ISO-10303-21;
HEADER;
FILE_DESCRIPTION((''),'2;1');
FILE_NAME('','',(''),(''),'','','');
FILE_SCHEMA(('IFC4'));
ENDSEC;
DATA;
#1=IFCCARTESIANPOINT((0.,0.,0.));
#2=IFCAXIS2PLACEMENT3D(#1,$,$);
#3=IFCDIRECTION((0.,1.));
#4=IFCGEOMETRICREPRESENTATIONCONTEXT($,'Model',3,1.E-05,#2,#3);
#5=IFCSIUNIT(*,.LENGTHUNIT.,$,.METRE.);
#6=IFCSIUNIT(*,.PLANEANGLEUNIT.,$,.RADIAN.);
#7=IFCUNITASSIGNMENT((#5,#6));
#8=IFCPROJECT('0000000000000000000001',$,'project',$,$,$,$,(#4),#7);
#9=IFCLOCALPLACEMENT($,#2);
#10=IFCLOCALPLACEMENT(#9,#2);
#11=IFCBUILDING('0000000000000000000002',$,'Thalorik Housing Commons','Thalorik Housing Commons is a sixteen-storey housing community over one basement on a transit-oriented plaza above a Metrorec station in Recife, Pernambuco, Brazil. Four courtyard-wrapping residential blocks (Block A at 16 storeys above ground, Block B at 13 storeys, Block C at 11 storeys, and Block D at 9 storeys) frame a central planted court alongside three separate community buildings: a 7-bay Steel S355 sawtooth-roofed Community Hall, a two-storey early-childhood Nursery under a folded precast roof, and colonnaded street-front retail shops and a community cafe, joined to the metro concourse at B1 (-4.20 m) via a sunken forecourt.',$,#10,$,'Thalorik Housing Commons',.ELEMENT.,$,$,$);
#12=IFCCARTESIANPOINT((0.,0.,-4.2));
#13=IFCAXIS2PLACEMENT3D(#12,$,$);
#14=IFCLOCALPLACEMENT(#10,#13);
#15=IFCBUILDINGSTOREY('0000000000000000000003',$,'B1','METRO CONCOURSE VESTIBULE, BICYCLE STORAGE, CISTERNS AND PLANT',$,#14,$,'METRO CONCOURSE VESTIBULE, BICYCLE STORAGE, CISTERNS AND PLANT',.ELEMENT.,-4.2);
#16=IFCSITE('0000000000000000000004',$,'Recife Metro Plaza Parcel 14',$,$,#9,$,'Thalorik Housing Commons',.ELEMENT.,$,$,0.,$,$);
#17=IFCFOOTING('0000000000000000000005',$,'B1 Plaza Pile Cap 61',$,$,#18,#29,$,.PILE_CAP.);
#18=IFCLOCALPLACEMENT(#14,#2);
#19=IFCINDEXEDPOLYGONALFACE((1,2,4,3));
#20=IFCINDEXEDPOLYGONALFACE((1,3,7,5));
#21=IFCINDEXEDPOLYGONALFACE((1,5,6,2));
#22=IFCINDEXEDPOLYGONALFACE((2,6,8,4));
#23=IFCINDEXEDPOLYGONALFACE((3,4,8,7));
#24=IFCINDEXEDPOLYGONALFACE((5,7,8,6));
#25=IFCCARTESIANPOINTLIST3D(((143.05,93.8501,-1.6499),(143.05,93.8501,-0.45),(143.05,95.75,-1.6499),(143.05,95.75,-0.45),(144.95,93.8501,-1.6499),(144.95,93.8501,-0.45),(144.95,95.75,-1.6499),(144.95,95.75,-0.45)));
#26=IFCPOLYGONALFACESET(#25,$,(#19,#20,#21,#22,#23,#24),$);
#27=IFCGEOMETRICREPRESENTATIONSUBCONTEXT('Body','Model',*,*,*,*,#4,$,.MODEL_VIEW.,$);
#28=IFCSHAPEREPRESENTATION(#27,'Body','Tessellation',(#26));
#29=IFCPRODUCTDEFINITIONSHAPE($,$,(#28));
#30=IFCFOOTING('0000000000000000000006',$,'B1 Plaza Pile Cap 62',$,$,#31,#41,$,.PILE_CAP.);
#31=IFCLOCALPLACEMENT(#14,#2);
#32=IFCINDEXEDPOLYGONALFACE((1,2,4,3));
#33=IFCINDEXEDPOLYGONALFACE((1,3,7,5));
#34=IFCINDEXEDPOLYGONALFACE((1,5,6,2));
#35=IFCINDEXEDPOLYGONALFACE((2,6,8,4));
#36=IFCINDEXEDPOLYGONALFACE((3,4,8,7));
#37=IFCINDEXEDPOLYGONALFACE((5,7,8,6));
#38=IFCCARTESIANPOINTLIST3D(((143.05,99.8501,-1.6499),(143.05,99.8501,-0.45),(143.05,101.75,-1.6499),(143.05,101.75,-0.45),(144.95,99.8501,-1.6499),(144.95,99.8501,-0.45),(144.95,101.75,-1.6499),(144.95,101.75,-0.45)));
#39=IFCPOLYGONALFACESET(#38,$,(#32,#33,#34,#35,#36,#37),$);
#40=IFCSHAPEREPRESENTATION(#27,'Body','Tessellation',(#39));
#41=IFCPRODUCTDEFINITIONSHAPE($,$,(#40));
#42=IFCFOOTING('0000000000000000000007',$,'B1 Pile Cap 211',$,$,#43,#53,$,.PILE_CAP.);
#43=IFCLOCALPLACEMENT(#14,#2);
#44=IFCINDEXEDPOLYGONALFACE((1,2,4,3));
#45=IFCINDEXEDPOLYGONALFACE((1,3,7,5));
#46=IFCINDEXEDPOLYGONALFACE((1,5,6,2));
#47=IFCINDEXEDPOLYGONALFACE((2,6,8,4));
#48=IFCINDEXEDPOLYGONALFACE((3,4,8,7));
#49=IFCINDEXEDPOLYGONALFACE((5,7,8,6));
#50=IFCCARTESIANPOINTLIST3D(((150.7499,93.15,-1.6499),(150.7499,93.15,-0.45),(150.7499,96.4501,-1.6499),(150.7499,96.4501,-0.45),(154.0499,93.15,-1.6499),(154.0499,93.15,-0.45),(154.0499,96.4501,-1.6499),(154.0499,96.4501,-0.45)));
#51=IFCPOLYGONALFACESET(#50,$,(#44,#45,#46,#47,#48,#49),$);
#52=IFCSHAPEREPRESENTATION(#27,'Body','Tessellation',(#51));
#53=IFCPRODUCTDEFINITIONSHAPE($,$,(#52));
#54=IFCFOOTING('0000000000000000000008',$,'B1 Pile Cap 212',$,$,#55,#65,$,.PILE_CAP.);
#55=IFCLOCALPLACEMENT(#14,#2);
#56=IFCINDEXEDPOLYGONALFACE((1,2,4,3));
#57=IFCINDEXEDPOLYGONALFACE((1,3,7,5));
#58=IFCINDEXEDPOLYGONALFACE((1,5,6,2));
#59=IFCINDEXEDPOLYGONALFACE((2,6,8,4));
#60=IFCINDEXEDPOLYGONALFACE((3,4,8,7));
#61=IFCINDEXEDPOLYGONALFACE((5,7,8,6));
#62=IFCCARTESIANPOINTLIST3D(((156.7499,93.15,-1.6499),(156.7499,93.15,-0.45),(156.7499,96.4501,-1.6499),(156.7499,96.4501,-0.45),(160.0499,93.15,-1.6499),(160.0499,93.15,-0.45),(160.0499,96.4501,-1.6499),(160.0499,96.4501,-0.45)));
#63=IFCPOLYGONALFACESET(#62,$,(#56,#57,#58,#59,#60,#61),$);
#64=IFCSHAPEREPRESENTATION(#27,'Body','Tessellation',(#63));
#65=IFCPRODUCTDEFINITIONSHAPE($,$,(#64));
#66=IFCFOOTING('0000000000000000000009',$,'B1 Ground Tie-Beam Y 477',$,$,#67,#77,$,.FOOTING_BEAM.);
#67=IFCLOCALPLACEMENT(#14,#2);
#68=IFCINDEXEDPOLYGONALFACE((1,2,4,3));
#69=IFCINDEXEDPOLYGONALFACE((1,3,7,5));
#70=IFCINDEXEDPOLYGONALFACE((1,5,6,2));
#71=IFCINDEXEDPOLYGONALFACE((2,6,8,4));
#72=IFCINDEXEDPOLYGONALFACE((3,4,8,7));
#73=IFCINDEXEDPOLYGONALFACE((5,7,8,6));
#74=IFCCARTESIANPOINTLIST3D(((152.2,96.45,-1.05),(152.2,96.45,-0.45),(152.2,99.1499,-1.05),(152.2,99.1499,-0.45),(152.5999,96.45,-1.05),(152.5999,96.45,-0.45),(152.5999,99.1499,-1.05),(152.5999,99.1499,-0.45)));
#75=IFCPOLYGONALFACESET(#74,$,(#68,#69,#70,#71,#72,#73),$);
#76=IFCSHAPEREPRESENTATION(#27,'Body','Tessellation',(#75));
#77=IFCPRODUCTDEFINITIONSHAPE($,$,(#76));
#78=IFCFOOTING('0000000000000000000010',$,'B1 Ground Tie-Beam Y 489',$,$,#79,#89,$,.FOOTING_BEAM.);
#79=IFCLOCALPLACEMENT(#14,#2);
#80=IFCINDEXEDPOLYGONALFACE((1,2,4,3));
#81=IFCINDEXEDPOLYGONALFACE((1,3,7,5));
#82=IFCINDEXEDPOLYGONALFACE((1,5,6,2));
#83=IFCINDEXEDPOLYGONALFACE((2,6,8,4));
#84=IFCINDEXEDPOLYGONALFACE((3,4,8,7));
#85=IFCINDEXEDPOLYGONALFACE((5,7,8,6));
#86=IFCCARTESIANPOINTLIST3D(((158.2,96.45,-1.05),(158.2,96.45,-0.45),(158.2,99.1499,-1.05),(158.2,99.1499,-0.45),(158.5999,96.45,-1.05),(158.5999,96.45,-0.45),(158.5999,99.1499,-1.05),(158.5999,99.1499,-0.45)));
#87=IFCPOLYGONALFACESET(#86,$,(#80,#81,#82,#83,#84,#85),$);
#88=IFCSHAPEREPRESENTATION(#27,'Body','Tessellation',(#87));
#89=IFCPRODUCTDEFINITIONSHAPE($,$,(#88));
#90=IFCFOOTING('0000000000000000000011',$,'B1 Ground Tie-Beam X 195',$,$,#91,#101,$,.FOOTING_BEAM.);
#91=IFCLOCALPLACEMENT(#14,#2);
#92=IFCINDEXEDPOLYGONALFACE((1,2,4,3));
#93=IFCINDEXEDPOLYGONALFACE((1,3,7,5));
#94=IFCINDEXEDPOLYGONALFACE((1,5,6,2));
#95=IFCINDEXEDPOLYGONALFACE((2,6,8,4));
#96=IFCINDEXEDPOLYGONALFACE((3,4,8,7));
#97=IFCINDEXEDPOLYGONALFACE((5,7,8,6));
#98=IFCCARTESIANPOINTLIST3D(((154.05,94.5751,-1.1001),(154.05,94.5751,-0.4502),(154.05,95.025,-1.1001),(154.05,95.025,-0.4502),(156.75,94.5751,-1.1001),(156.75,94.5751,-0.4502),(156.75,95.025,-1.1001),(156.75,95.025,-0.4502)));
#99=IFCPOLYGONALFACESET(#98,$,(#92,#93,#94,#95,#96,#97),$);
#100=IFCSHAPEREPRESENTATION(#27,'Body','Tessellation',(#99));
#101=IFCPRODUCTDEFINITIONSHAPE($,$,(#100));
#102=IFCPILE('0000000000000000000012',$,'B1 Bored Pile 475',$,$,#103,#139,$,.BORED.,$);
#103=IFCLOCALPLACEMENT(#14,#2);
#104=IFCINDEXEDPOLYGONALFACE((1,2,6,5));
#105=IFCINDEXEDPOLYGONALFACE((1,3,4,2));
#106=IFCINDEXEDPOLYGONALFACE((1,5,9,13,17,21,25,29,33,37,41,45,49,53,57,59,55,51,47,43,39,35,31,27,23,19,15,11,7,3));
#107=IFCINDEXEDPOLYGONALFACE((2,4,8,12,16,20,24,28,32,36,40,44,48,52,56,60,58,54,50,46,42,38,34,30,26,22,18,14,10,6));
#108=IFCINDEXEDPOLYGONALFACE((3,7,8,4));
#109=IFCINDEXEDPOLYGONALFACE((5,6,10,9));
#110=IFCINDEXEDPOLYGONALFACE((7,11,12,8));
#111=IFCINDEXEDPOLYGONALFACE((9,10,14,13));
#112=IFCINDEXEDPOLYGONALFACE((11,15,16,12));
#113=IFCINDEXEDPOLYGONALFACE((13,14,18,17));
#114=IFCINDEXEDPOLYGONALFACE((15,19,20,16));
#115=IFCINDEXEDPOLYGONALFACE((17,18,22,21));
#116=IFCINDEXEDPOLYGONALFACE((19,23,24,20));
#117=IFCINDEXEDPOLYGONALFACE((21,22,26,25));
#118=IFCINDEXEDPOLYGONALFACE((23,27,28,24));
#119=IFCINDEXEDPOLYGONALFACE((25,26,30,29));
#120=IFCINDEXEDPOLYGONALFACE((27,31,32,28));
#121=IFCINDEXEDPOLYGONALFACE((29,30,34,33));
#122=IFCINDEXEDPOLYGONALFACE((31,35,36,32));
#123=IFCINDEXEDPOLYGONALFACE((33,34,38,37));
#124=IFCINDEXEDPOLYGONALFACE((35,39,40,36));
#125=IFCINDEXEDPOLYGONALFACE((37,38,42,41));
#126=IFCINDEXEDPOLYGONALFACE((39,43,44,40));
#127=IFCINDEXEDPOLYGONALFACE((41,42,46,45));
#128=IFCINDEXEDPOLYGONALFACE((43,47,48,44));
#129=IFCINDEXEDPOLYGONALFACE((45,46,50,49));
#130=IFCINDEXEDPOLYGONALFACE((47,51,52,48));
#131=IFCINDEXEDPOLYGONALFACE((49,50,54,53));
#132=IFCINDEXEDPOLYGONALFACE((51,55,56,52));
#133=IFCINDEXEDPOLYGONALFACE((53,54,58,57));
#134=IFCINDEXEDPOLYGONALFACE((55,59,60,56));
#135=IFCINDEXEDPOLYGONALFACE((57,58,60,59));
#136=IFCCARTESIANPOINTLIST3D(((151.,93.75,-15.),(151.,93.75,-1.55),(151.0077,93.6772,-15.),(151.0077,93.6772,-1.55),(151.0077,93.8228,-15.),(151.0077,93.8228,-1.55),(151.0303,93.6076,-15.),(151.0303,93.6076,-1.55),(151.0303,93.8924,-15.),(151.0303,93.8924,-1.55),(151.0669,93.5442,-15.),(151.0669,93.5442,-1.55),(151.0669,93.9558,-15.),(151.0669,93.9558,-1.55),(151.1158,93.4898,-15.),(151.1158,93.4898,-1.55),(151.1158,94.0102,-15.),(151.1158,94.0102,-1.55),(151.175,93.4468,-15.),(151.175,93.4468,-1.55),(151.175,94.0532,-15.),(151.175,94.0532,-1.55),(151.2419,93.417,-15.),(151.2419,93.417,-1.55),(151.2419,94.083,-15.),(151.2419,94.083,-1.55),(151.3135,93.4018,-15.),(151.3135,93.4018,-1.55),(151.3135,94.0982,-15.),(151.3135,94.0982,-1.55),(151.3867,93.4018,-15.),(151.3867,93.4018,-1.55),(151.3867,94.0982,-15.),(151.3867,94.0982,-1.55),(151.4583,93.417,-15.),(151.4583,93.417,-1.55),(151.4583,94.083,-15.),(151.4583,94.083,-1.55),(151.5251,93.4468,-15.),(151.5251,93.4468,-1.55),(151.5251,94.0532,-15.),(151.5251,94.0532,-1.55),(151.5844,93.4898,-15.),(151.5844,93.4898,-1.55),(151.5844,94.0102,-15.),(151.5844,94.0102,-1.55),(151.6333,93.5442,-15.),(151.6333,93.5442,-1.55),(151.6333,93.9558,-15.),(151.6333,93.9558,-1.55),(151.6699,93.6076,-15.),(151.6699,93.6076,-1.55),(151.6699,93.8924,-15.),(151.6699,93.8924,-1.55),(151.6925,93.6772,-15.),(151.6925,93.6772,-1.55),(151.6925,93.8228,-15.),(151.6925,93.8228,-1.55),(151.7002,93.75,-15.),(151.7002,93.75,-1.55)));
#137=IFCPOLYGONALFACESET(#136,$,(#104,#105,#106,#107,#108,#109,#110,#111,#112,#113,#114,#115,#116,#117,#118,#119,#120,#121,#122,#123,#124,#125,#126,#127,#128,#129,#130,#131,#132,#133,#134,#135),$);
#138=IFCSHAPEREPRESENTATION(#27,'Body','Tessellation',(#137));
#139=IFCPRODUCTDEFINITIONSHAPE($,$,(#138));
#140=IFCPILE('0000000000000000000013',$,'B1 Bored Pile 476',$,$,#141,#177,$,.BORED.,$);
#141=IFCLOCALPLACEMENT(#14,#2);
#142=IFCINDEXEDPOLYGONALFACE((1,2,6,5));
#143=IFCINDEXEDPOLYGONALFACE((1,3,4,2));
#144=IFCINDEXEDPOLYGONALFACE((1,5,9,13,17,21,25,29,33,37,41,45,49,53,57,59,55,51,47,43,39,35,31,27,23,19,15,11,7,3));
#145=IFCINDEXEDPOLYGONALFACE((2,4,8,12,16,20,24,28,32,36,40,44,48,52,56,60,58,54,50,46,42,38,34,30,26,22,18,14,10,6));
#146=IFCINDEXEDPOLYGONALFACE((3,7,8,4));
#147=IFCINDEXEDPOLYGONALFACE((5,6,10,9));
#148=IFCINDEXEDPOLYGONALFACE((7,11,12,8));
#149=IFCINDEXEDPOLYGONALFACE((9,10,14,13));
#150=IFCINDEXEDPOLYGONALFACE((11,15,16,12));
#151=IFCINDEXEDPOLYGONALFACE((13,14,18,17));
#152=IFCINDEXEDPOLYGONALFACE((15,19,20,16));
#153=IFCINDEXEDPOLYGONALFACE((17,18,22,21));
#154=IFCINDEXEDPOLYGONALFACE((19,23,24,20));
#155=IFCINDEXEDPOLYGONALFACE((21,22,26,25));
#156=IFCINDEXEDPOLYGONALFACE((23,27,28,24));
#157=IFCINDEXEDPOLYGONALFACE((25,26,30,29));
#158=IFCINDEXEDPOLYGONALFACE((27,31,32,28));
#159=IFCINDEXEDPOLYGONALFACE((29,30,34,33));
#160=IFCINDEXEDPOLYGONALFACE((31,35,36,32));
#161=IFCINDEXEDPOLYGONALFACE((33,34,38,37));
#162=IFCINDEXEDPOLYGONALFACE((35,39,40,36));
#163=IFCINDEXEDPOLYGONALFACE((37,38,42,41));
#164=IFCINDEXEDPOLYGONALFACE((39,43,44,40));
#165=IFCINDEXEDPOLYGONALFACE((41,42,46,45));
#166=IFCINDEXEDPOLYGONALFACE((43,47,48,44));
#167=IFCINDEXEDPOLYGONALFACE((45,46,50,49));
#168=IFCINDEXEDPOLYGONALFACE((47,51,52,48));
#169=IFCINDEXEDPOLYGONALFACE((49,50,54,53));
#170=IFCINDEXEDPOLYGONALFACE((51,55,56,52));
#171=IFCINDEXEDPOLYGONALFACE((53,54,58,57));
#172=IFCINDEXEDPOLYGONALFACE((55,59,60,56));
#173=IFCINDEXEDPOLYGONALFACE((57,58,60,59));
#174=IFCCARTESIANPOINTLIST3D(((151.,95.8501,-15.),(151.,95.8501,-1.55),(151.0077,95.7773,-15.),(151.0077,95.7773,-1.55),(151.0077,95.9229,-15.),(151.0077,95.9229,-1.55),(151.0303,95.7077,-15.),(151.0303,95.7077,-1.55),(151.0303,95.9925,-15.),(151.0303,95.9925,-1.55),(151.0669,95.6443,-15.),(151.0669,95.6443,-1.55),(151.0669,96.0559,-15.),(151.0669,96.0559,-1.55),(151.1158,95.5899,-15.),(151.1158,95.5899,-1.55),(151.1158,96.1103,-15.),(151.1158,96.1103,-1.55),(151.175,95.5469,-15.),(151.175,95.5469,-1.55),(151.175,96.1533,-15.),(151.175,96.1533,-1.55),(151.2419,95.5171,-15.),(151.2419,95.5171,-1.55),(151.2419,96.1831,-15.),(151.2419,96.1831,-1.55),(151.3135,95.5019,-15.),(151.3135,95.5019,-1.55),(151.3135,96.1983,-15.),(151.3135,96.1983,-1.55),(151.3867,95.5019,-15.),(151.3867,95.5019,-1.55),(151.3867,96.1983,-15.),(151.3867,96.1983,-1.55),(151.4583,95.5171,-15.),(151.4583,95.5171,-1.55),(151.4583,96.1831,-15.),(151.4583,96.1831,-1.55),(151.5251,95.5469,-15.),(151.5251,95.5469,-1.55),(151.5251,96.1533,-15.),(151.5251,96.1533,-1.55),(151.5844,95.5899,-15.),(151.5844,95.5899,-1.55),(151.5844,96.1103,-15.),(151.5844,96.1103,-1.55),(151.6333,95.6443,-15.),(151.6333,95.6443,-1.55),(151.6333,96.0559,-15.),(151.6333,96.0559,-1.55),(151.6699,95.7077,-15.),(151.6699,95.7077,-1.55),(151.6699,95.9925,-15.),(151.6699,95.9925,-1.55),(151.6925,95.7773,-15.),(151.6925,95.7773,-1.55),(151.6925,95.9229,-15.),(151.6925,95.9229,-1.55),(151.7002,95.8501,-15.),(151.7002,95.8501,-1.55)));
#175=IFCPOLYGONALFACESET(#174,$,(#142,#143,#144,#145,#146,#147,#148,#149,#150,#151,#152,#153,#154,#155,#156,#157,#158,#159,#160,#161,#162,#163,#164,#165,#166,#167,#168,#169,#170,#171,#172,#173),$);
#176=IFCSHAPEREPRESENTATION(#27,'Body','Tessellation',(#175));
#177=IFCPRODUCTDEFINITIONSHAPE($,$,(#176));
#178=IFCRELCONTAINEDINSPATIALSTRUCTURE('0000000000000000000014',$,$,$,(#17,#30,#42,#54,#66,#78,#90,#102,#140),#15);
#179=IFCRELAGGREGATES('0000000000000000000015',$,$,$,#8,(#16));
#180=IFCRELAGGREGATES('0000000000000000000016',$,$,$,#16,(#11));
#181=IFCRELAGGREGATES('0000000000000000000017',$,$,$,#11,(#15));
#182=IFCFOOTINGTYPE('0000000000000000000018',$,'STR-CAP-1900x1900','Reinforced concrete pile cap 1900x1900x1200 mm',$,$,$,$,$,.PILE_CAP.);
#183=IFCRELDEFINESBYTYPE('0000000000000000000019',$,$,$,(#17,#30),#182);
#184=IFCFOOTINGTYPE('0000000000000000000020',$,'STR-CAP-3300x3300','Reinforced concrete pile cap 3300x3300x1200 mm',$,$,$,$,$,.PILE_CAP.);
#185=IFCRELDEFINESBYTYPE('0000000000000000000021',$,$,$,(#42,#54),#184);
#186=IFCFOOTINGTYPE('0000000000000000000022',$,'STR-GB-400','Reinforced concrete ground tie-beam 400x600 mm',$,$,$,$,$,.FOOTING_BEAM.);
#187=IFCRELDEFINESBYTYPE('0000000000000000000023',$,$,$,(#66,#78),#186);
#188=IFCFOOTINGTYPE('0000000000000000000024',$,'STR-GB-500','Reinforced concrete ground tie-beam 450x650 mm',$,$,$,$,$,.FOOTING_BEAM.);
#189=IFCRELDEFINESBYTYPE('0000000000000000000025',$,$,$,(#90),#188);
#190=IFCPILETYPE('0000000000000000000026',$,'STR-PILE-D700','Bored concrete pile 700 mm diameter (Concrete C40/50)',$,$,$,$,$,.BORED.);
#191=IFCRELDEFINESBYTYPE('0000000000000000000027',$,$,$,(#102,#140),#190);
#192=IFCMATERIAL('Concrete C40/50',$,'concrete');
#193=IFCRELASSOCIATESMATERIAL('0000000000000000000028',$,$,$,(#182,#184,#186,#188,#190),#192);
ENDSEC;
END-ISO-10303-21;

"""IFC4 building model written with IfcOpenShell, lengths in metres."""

from ifc_helpers import new_model, si_unit, direction, frame, origin, origin_2d, place, context, subcontext, project, spatial, rectangle, circle, extrude, material, material_profile, profile_set, type_object, element, save


model = new_model("IFC4")

# Units and contexts
model_context = context("Model", 3, precision=1e-05, world=origin(), true_north=direction((0.0, 1.0)))
body_context = subcontext(model_context, "Body", "Model", "MODEL_VIEW")
ifc_project = project(units=[si_unit("LENGTHUNIT", "METRE"), si_unit("PLANEANGLEUNIT", "RADIAN")], contexts=[model_context])

# Site, building, storey
site_placement = place(None, origin())
site = spatial("IfcSite", under=ifc_project, at=site_placement, Name="Recife Metro Plaza Parcel 14", LongName="Thalorik Housing Commons", CompositionType="ELEMENT", RefElevation=0.0)
building_placement = place(site_placement, origin())
building = spatial("IfcBuilding", under=site, at=building_placement, Name="Thalorik Housing Commons", Description="Thalorik Housing Commons is a sixteen-storey housing community over one basement on a transit-oriented plaza above a Metrorec station in Recife, Pernambuco, Brazil. Four courtyard-wrapping residential blocks (Block A at 16 storeys above ground, Block B at 13 storeys, Block C at 11 storeys, and Block D at 9 storeys) frame a central planted court alongside three separate community buildings: a 7-bay Steel S355 sawtooth-roofed Community Hall, a two-storey early-childhood Nursery under a folded precast roof, and colonnaded street-front retail shops and a community cafe, joined to the metro concourse at B1 (-4.20 m) via a sunken forecourt.", LongName="Thalorik Housing Commons", CompositionType="ELEMENT")
storey_placement = place(building_placement, frame((0.0, 0.0, -4.2)))
storey = spatial("IfcBuildingStorey", under=building, at=storey_placement, Name="B1", Description="METRO CONCOURSE VESTIBULE, BICYCLE STORAGE, CISTERNS AND PLANT", LongName="METRO CONCOURSE VESTIBULE, BICYCLE STORAGE, CISTERNS AND PLANT", CompositionType="ELEMENT", Elevation=-4.2)

# Footings
ifc_material_1 = material(Name="Concrete C40/50", Category="concrete")
footing_type_1 = type_object("IfcFootingType", Name="STR-CAP-1900x1900", Description="Reinforced concrete pile cap 1900x1900x1200 mm", PredefinedType="PILE_CAP", material=ifc_material_1)
for number, where, z_axis, x_axis, name in (
    (1, (144.0, 94.8, -1.6499), (0.0, 0.0, 1.0), (1.0, 0.0, 0.0), "B1 Plaza Pile Cap 61"),
    (2, (144.0, 100.8, -1.6499), (0.0, 0.0, 1.0), (1.0, 0.0, 0.0), "B1 Plaza Pile Cap 62"),
):
    element("IfcFooting", number, at=place(storey_placement, frame(where, z_axis=z_axis, x_axis=x_axis)), inside=storey, type_object=footing_type_1, Name=name, PredefinedType="PILE_CAP", context=body_context, shape_type="SweptSolid", body=[
        extrude(rectangle(XDim=1.8999, YDim=1.8999, at=origin_2d()), origin(), (0.0, 0.0, 1.0), 1.2),
    ])
footing_type_2 = type_object("IfcFootingType", Name="STR-CAP-3300x3300", Description="Reinforced concrete pile cap 3300x3300x1200 mm", PredefinedType="PILE_CAP", material=ifc_material_1)
for number, where, z_axis, x_axis, name in (
    (3, (152.3999, 94.8, -1.6499), (0.0, 0.0, 1.0), (1.0, 0.0, 0.0), "B1 Pile Cap 211"),
    (4, (158.3999, 94.8, -1.6499), (0.0, 0.0, 1.0), (1.0, 0.0, 0.0), "B1 Pile Cap 212"),
):
    element("IfcFooting", number, at=place(storey_placement, frame(where, z_axis=z_axis, x_axis=x_axis)), inside=storey, type_object=footing_type_2, Name=name, PredefinedType="PILE_CAP", context=body_context, shape_type="SweptSolid", body=[
        extrude(rectangle(XDim=3.3, YDim=3.3, at=origin_2d()), origin(), (0.0, 0.0, 1.0), 1.2),
    ])
ifc_material_profile_1 = material_profile(ifc_material_1, rectangle(XDim=0.3999, YDim=0.6001, at=origin_2d()), Name="RC 400x600", Category="concrete")
ifc_profile_set_1 = profile_set([ifc_material_profile_1], Name="Concrete C40/50")
footing_type_3 = type_object("IfcFootingType", Name="STR-GB-400", Description="Reinforced concrete ground tie-beam 400x600 mm", PredefinedType="FOOTING_BEAM", material=ifc_profile_set_1)
for number, where, z_axis, x_axis, name in (
    (5, (152.3999, 96.45, -0.75), (0.0, 1.0, 0.0), (-1.0, 0.0, 0.0), "B1 Ground Tie-Beam Y 477"),
    (6, (158.3999, 96.45, -0.75), (0.0, 1.0, 0.0), (-1.0, 0.0, 0.0), "B1 Ground Tie-Beam Y 489"),
):
    element("IfcFooting", number, at=place(storey_placement, frame(where, z_axis=z_axis, x_axis=x_axis)), inside=storey, type_object=footing_type_3, Name=name, PredefinedType="FOOTING_BEAM", context=body_context, shape_type="SweptSolid", body=[
        extrude(rectangle(XDim=0.3999, YDim=0.6001, at=origin_2d()), origin(), (0.0, 0.0, 1.0), 2.7),
    ])
ifc_material_profile_2 = material_profile(ifc_material_1, rectangle(XDim=0.45, YDim=0.6499, at=origin_2d()), Name="RC 450x650", Category="concrete")
ifc_profile_set_2 = profile_set([ifc_material_profile_2], Name="Concrete C40/50")
footing_type_4 = type_object("IfcFootingType", Name="STR-GB-500", Description="Reinforced concrete ground tie-beam 450x650 mm", PredefinedType="FOOTING_BEAM", material=ifc_profile_set_2)
footing_placement = place(storey_placement, frame((154.05, 94.8, -0.7751), z_axis=(1.0, 0.0, 0.0), x_axis=(0.0, 1.0, 0.0)))
element("IfcFooting", 7, at=footing_placement, inside=storey, type_object=footing_type_4, Name="B1 Ground Tie-Beam X 195", PredefinedType="FOOTING_BEAM", context=body_context, shape_type="SweptSolid", body=[
    extrude(rectangle(XDim=0.45, YDim=0.6499, at=origin_2d()), origin(), (0.0, 0.0, 1.0), 2.7),
])

# Piles
ifc_material_profile_3 = material_profile(ifc_material_1, circle(Radius=0.3501, at=origin_2d()), Name="BORED PILE D700", Category="concrete")
ifc_profile_set_3 = profile_set([ifc_material_profile_3], Name="Concrete C40/50")
pile_type = type_object("IfcPileType", Name="STR-PILE-D700", Description="Bored concrete pile 700 mm diameter (Concrete C40/50)", PredefinedType="BORED", material=ifc_profile_set_3)
for number, where, z_axis, x_axis, name in (
    (8, (151.3501, 93.75, -1.55), (0.0, 0.0, -1.0), (1.0, 0.0, 0.0), "B1 Bored Pile 475"),
    (9, (151.3501, 95.8501, -1.55), (0.0, 0.0, -1.0), (1.0, 0.0, 0.0), "B1 Bored Pile 476"),
):
    element("IfcPile", number, at=place(storey_placement, frame(where, z_axis=z_axis, x_axis=x_axis)), inside=storey, type_object=pile_type, Name=name, PredefinedType="BORED", context=body_context, shape_type="SweptSolid", body=[
        extrude(circle(Radius=0.3501, at=origin_2d()), origin(), (0.0, 0.0, 1.0), 13.45),
    ])

save(model, "model.ifc")
